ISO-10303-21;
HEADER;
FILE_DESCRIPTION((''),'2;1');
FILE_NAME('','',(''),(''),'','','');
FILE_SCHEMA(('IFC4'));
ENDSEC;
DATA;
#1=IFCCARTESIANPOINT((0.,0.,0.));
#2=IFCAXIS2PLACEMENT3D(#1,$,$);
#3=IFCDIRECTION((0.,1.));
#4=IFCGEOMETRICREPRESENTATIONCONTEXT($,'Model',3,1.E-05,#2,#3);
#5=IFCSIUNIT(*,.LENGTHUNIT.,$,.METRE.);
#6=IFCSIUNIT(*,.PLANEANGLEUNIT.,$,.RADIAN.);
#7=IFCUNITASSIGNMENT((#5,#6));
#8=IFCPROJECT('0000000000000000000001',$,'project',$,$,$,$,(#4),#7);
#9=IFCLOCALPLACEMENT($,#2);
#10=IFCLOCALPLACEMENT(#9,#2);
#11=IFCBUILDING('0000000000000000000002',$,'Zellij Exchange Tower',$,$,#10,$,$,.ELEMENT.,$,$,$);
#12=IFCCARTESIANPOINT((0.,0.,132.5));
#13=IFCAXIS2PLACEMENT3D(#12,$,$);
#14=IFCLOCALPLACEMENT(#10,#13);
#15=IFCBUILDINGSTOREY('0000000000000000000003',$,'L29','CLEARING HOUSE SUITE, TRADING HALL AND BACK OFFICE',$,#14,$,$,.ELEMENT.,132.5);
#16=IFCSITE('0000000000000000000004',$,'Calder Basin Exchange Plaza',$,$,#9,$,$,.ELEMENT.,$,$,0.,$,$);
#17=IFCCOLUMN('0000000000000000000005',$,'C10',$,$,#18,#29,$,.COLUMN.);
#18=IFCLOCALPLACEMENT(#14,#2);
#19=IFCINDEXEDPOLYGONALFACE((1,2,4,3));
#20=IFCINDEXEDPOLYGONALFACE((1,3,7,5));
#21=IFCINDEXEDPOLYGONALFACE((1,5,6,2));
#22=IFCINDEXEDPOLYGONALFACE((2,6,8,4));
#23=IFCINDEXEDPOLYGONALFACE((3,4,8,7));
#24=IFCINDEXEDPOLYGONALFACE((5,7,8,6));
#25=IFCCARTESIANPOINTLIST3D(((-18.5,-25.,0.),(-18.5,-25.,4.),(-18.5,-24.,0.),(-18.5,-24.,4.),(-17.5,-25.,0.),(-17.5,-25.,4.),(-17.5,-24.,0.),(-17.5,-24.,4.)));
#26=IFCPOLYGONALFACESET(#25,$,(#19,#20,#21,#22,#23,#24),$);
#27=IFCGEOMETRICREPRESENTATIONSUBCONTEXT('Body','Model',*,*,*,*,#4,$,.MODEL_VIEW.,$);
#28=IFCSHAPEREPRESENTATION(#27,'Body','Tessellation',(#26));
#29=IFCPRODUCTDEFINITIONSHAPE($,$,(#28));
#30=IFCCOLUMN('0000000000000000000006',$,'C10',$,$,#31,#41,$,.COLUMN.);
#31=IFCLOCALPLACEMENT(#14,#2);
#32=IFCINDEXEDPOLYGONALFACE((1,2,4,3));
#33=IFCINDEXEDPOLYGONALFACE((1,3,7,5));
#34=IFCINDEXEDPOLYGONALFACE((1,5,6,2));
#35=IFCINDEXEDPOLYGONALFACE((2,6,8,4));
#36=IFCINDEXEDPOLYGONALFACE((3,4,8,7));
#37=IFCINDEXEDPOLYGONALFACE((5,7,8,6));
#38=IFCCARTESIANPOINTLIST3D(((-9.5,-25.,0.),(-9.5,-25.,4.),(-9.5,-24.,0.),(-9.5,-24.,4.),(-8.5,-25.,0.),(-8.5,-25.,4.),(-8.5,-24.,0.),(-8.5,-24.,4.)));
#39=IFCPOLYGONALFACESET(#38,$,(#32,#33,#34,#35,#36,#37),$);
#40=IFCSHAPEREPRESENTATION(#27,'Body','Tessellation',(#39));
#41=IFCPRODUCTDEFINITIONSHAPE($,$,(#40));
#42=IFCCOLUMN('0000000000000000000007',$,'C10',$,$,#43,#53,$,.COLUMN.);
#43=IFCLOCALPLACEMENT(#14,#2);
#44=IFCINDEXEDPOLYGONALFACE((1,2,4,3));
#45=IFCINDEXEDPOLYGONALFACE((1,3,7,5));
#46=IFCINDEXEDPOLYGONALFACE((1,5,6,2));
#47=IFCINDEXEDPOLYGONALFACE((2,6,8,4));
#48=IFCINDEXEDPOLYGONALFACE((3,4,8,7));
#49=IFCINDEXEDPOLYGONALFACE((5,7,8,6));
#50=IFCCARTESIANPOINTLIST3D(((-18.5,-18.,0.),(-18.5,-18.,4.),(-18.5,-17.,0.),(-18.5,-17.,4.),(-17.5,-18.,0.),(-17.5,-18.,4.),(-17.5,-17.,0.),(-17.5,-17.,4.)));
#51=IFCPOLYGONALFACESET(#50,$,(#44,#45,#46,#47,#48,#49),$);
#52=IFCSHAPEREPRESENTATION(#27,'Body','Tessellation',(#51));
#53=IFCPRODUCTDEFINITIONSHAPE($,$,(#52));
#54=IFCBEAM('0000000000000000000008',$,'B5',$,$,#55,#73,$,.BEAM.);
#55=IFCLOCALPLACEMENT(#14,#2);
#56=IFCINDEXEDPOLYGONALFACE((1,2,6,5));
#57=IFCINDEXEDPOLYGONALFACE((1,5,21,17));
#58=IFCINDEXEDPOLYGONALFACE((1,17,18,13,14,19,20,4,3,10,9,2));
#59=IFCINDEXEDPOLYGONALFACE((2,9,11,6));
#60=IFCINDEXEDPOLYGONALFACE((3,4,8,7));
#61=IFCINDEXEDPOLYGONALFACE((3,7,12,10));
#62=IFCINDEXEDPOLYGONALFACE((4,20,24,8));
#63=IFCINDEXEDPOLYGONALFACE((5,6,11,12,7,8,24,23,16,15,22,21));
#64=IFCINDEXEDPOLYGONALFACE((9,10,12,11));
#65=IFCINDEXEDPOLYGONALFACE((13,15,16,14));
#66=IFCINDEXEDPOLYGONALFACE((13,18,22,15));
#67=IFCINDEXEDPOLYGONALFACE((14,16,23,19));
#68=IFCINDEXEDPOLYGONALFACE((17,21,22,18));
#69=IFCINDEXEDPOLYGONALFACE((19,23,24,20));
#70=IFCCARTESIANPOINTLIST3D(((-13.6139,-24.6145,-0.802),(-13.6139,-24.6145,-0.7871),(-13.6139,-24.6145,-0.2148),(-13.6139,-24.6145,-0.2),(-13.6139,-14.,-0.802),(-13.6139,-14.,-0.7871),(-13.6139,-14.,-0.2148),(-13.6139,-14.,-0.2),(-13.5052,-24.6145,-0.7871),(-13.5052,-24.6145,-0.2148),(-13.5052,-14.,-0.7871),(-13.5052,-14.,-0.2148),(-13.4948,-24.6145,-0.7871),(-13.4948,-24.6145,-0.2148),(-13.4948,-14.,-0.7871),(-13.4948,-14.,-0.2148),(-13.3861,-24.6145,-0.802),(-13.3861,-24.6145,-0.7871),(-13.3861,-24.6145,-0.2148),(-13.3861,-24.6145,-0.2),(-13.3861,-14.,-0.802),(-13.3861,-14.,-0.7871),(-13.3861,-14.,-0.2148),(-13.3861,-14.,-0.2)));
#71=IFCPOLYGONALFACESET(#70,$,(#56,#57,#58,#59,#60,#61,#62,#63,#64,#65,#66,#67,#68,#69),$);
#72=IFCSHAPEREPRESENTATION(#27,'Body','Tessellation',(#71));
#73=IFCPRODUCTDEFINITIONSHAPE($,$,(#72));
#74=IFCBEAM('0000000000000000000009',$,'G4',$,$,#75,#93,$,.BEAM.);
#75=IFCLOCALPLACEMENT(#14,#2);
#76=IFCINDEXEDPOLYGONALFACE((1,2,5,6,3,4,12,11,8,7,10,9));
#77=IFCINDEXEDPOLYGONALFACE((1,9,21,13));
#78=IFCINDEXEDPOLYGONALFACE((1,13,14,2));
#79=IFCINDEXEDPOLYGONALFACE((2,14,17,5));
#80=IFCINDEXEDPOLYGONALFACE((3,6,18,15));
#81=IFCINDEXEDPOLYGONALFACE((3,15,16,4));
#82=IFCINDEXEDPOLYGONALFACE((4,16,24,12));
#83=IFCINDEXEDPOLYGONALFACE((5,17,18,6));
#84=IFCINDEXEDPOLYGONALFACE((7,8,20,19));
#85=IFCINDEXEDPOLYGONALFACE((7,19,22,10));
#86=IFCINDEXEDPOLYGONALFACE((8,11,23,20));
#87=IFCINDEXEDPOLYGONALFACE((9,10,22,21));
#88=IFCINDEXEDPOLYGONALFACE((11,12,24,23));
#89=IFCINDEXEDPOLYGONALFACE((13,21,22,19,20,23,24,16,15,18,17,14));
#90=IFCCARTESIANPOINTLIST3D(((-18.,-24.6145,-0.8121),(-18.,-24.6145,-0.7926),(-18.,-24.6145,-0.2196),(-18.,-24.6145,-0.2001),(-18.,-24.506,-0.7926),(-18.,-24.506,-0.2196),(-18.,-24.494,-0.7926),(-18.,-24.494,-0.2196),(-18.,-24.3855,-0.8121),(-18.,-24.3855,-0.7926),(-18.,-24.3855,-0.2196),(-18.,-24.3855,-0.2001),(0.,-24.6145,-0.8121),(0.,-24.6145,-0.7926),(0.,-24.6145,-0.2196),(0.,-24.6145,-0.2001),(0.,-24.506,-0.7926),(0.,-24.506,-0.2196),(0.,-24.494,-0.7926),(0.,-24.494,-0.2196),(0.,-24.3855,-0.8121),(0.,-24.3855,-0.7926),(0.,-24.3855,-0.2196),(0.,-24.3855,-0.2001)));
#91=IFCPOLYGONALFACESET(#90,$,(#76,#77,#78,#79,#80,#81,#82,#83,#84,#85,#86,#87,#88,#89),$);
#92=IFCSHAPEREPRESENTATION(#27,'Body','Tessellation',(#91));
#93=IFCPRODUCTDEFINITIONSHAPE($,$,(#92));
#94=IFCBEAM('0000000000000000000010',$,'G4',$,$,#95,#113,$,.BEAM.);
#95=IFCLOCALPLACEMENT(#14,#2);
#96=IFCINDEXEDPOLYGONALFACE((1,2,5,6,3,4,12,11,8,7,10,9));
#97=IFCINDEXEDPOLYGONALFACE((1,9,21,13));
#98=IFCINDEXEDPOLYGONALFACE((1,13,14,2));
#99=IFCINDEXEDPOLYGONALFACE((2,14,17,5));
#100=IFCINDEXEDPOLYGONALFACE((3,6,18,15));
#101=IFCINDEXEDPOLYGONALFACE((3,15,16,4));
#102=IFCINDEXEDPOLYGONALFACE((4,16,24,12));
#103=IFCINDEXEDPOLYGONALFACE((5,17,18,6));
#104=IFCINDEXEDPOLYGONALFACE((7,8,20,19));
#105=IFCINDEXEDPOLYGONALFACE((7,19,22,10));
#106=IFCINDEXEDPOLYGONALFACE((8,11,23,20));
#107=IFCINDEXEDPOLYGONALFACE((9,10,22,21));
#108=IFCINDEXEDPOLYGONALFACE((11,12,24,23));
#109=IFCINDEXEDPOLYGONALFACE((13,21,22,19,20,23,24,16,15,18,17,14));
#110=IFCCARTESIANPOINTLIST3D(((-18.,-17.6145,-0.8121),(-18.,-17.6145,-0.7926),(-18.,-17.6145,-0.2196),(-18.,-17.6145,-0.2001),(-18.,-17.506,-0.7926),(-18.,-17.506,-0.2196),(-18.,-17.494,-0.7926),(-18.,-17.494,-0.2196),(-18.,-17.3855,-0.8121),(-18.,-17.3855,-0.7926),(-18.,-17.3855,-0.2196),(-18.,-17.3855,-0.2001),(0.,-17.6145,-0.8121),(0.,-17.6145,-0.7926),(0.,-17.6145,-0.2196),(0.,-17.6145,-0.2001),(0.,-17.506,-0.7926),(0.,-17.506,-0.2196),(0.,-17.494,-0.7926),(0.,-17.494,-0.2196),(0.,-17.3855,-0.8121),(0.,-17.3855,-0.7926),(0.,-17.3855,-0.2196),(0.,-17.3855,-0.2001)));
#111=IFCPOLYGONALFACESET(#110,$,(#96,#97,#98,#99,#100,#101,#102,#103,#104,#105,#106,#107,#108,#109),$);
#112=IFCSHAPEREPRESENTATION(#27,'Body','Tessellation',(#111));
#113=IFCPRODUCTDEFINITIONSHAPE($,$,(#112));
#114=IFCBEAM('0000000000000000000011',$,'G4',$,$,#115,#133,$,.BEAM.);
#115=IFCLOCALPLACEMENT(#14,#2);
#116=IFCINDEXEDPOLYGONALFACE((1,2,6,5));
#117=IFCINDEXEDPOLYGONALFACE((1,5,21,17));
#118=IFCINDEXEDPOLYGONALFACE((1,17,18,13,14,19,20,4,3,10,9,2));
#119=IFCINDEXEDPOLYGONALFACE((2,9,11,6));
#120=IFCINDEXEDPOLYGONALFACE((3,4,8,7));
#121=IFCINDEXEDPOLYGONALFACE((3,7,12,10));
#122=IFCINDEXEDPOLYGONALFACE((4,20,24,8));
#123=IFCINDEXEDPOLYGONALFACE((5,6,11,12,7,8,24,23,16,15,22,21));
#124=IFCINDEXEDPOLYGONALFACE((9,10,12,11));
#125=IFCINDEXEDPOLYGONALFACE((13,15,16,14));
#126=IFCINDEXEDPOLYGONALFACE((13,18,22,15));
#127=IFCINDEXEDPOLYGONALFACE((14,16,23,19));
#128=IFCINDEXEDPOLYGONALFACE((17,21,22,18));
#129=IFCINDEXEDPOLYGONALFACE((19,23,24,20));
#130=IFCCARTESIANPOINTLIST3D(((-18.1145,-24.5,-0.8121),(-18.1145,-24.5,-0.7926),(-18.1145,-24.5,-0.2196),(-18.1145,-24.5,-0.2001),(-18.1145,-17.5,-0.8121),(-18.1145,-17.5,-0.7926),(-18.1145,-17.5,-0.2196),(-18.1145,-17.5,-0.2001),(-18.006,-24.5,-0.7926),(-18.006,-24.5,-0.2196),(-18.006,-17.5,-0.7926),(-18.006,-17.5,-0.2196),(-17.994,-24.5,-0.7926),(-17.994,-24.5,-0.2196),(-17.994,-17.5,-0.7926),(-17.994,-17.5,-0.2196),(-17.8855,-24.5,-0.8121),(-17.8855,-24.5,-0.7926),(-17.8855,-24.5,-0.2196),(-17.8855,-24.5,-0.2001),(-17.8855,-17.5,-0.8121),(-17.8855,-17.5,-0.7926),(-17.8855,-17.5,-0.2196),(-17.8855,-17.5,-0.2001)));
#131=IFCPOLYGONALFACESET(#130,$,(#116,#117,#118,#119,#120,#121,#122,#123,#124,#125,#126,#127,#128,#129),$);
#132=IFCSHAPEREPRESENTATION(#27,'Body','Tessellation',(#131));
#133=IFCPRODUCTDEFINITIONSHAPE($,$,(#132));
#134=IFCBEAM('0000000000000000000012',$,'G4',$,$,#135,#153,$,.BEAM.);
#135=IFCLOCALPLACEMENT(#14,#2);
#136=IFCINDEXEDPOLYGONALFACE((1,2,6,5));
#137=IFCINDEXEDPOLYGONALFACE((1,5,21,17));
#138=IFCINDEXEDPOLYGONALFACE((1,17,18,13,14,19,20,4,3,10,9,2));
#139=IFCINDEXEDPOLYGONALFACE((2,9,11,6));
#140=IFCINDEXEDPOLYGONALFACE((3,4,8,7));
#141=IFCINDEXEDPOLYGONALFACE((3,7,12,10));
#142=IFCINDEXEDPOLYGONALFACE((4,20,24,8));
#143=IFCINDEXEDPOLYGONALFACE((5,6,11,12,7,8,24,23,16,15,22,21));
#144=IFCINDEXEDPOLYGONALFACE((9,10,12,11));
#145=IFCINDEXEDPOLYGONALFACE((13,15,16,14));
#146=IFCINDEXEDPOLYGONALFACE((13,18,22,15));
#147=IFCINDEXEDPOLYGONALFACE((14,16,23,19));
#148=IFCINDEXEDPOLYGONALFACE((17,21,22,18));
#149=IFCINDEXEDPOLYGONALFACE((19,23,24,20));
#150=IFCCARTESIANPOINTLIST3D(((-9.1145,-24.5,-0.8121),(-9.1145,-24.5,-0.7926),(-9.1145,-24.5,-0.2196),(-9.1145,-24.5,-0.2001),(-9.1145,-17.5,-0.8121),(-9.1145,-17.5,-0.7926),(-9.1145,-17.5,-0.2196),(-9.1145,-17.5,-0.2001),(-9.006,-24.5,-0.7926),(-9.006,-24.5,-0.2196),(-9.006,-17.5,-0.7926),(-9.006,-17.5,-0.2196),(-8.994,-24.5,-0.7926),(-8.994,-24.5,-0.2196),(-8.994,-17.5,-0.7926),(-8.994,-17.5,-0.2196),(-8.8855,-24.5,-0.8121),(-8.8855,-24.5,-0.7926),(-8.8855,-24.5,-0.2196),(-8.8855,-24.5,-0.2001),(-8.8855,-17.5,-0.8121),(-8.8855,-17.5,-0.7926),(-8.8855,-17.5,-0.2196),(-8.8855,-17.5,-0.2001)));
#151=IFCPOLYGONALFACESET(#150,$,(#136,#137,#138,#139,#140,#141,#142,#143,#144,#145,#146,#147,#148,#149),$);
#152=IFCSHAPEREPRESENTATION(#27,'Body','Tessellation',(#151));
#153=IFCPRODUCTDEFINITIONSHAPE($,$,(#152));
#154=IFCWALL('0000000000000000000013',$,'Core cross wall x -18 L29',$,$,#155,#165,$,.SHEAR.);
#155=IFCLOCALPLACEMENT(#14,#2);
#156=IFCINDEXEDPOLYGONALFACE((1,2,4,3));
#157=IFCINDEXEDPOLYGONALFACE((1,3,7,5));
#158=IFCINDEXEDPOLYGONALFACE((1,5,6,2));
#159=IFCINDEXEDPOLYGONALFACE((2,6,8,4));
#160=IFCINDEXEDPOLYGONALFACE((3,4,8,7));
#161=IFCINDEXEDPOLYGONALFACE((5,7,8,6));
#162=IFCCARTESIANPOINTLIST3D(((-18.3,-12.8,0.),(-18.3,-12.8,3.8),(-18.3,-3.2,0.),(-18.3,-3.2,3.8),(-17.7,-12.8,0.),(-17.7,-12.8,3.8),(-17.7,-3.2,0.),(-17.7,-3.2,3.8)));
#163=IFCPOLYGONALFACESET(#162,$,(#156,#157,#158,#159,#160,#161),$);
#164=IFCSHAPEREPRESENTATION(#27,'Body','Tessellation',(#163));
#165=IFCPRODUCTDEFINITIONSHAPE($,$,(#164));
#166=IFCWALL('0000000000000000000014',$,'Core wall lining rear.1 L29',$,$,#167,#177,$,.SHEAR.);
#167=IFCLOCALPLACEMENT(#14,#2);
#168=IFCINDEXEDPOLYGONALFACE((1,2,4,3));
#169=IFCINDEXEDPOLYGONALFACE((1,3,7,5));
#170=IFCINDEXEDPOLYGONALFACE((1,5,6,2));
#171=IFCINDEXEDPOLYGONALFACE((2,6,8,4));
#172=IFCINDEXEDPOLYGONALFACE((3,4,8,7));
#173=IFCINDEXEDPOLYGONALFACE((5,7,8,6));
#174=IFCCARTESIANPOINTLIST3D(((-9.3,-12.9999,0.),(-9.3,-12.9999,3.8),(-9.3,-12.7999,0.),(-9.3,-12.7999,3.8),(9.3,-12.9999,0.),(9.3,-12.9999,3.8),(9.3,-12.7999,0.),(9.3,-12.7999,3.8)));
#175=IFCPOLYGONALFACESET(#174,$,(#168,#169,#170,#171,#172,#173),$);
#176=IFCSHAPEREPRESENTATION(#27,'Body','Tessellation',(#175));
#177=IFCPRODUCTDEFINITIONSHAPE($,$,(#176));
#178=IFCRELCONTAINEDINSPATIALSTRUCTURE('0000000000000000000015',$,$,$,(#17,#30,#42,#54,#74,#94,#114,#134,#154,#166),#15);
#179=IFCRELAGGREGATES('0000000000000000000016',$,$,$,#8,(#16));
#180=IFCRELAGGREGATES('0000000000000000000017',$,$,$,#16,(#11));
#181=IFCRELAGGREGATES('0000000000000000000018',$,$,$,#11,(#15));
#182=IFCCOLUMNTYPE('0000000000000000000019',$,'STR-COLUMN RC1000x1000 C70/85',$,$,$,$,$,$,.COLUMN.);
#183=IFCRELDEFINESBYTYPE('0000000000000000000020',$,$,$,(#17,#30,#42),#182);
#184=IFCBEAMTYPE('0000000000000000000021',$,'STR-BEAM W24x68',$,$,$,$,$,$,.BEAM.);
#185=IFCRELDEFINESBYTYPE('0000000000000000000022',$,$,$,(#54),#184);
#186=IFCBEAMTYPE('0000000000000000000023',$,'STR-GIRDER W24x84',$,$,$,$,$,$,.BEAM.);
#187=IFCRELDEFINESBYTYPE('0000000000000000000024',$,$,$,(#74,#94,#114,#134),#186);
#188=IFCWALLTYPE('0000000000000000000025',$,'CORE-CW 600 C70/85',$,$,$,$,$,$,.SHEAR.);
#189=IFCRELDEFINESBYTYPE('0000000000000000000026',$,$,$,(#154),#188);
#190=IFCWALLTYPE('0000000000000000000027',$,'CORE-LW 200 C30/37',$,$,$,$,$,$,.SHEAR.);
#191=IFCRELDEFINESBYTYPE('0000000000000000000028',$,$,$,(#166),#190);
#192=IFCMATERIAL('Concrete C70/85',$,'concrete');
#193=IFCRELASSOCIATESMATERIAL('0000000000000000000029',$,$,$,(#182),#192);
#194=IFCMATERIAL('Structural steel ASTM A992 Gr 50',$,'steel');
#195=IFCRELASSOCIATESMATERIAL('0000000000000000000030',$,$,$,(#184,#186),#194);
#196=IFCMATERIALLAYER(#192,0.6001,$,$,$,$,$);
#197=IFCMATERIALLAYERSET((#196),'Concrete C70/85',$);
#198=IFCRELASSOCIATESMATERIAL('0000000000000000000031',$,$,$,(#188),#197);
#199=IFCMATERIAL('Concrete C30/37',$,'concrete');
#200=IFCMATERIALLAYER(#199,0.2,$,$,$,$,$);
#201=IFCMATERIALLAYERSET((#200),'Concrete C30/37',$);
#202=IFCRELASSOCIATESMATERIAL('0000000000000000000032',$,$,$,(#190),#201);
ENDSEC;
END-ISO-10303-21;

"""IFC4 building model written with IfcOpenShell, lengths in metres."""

from ifc_helpers import new_model, si_unit, direction, frame, frame_2d, origin, origin_2d, place, context, subcontext, project, spatial, rectangle, i_section, extrude, material, layer, layer_set, material_profile, profile_set, type_object, element, save


model = new_model("IFC4")

# Units and contexts
model_context = context("Model", 3, precision=1e-05, world=origin(), true_north=direction((0.0, 1.0)))
body_context = subcontext(model_context, "Body", "Model", "MODEL_VIEW")
ifc_project = project(units=[si_unit("LENGTHUNIT", "METRE"), si_unit("PLANEANGLEUNIT", "RADIAN")], contexts=[model_context])

# Site, building, storey
site_placement = place(None, origin())
site = spatial("IfcSite", under=ifc_project, at=site_placement, Name="Calder Basin Exchange Plaza", CompositionType="ELEMENT", RefElevation=0.0)
building_placement = place(site_placement, origin())
building = spatial("IfcBuilding", under=site, at=building_placement, Name="Zellij Exchange Tower", CompositionType="ELEMENT")
storey_placement = place(building_placement, frame((0.0, 0.0, 132.5)))
storey = spatial("IfcBuildingStorey", under=building, at=storey_placement, Name="L29", Description="CLEARING HOUSE SUITE, TRADING HALL AND BACK OFFICE", CompositionType="ELEMENT", Elevation=132.5)

# Columns
ifc_material_1 = material(Name="Concrete C70/85", Category="concrete")
ifc_material_profile_1 = material_profile(ifc_material_1, rectangle(XDim=1.0, YDim=1.0, at=origin_2d()), Name="STR-COLUMN RC1000x1000 C70/85")
ifc_profile_set_1 = profile_set([ifc_material_profile_1], Name="Concrete C70/85")
column_type = type_object("IfcColumnType", Name="STR-COLUMN RC1000x1000 C70/85", PredefinedType="COLUMN", material=ifc_profile_set_1)
for number, where, z_axis, x_axis, name in (
    (1, (-18.0, -24.5, 0.0), (0.0, 0.0, 1.0), (1.0, 0.0, 0.0), "C10"),
    (2, (-9.0, -24.5, 0.0), (0.0, 0.0, 1.0), (1.0, 0.0, 0.0), "C10"),
    (3, (-18.0, -17.5, 0.0), (0.0, 0.0, 1.0), (1.0, 0.0, 0.0), "C10"),
):
    element("IfcColumn", number, at=place(storey_placement, frame(where, z_axis=z_axis, x_axis=x_axis)), inside=storey, type_object=column_type, Name=name, PredefinedType="COLUMN", context=body_context, shape_type="SweptSolid", body=[
        extrude(rectangle(XDim=1.0, YDim=1.0, at=origin_2d()), origin(), (0.0, 0.0, 1.0), 4.0),
    ])

# Beams
ifc_material_2 = material(Name="Structural steel ASTM A992 Gr 50", Category="steel")
ifc_material_profile_2 = material_profile(ifc_material_2, i_section(OverallWidth=0.2278, OverallDepth=0.6021, WebThickness=0.0105, FlangeThickness=0.0149, at=origin_2d()), Name="W24x68")
ifc_profile_set_2 = profile_set([ifc_material_profile_2], Name="Structural steel ASTM A992 Gr 50")
beam_type_1 = type_object("IfcBeamType", Name="STR-BEAM W24x68", PredefinedType="BEAM", material=ifc_profile_set_2)
beam_placement = place(storey_placement, frame((-13.5, -24.6145, -0.501), z_axis=(0.0, 1.0, 0.0), x_axis=(-1.0, 0.0, 0.0)))
element("IfcBeam", 4, at=beam_placement, inside=storey, type_object=beam_type_1, Name="B5", PredefinedType="BEAM", context=body_context, shape_type="SweptSolid", body=[
    extrude(i_section(OverallWidth=0.2278, OverallDepth=0.6021, WebThickness=0.0105, FlangeThickness=0.0149, at=origin_2d()), origin(), (0.0, 0.0, 1.0), 10.6145),
])
ifc_material_profile_3 = material_profile(ifc_material_2, i_section(OverallWidth=0.229, OverallDepth=0.6121, WebThickness=0.012, FlangeThickness=0.0195, at=origin_2d()), Name="W24x84")
ifc_profile_set_3 = profile_set([ifc_material_profile_3], Name="Structural steel ASTM A992 Gr 50")
beam_type_2 = type_object("IfcBeamType", Name="STR-GIRDER W24x84", PredefinedType="BEAM", material=ifc_profile_set_3)
for number, where, z_axis, x_axis, name in (
    (5, (-18.0, -24.5, -0.5061), (1.0, 0.0, 0.0), (0.0, 1.0, 0.0), "G4"),
    (6, (-18.0, -17.5, -0.5061), (1.0, 0.0, 0.0), (0.0, 1.0, 0.0), "G4"),
):
    element("IfcBeam", number, at=place(storey_placement, frame(where, z_axis=z_axis, x_axis=x_axis)), inside=storey, type_object=beam_type_2, Name=name, PredefinedType="BEAM", context=body_context, shape_type="SweptSolid", body=[
        extrude(i_section(OverallWidth=0.229, OverallDepth=0.6121, WebThickness=0.012, FlangeThickness=0.0195, at=origin_2d()), origin(), (0.0, 0.0, 1.0), 18.0),
    ])
for number, where, z_axis, x_axis, name in (
    (7, (-18.0, -24.5, -0.5061), (0.0, 1.0, 0.0), (-1.0, 0.0, 0.0), "G4"),
    (8, (-9.0, -24.5, -0.5061), (0.0, 1.0, 0.0), (-1.0, 0.0, 0.0), "G4"),
):
    element("IfcBeam", number, at=place(storey_placement, frame(where, z_axis=z_axis, x_axis=x_axis)), inside=storey, type_object=beam_type_2, Name=name, PredefinedType="BEAM", context=body_context, shape_type="SweptSolid", body=[
        extrude(i_section(OverallWidth=0.229, OverallDepth=0.6121, WebThickness=0.012, FlangeThickness=0.0195, at=origin_2d()), origin(), (0.0, 0.0, 1.0), 7.0),
    ])

# Walls
ifc_layer_1 = layer(ifc_material_1, 0.6001)
ifc_layer_set_1 = layer_set([ifc_layer_1], Name="Concrete C70/85")
wall_type_1 = type_object("IfcWallType", Name="CORE-CW 600 C70/85", PredefinedType="SHEAR", material=ifc_layer_set_1)
wall_1_placement = place(storey_placement, frame((-18.0, -12.8, 0.0), z_axis=(0.0, 0.0, 1.0), x_axis=(0.0, 1.0, 0.0)))
element("IfcWall", 9, at=wall_1_placement, inside=storey, type_object=wall_type_1, Name="Core cross wall x -18 L29", PredefinedType="SHEAR", context=body_context, shape_type="SweptSolid", body=[
    extrude(rectangle(XDim=9.6001, YDim=0.6001, at=frame_2d((4.8, 0.0))), origin(), (0.0, 0.0, 1.0), 3.8),
])
ifc_material_3 = material(Name="Concrete C30/37", Category="concrete")
ifc_layer_2 = layer(ifc_material_3, 0.2)
ifc_layer_set_2 = layer_set([ifc_layer_2], Name="Concrete C30/37")
wall_type_2 = type_object("IfcWallType", Name="CORE-LW 200 C30/37", PredefinedType="SHEAR", material=ifc_layer_set_2)
wall_2_placement = place(storey_placement, frame((-9.3, -12.8999, 0.0), z_axis=(0.0, 0.0, 1.0), x_axis=(1.0, 0.0, 0.0)))
element("IfcWall", 10, at=wall_2_placement, inside=storey, type_object=wall_type_2, Name="Core wall lining rear.1 L29", PredefinedType="SHEAR", context=body_context, shape_type="SweptSolid", body=[
    extrude(rectangle(XDim=18.6001, YDim=0.2, at=frame_2d((9.3, 0.0))), origin(), (0.0, 0.0, 1.0), 3.8),
])

save(model, "model.ifc")
